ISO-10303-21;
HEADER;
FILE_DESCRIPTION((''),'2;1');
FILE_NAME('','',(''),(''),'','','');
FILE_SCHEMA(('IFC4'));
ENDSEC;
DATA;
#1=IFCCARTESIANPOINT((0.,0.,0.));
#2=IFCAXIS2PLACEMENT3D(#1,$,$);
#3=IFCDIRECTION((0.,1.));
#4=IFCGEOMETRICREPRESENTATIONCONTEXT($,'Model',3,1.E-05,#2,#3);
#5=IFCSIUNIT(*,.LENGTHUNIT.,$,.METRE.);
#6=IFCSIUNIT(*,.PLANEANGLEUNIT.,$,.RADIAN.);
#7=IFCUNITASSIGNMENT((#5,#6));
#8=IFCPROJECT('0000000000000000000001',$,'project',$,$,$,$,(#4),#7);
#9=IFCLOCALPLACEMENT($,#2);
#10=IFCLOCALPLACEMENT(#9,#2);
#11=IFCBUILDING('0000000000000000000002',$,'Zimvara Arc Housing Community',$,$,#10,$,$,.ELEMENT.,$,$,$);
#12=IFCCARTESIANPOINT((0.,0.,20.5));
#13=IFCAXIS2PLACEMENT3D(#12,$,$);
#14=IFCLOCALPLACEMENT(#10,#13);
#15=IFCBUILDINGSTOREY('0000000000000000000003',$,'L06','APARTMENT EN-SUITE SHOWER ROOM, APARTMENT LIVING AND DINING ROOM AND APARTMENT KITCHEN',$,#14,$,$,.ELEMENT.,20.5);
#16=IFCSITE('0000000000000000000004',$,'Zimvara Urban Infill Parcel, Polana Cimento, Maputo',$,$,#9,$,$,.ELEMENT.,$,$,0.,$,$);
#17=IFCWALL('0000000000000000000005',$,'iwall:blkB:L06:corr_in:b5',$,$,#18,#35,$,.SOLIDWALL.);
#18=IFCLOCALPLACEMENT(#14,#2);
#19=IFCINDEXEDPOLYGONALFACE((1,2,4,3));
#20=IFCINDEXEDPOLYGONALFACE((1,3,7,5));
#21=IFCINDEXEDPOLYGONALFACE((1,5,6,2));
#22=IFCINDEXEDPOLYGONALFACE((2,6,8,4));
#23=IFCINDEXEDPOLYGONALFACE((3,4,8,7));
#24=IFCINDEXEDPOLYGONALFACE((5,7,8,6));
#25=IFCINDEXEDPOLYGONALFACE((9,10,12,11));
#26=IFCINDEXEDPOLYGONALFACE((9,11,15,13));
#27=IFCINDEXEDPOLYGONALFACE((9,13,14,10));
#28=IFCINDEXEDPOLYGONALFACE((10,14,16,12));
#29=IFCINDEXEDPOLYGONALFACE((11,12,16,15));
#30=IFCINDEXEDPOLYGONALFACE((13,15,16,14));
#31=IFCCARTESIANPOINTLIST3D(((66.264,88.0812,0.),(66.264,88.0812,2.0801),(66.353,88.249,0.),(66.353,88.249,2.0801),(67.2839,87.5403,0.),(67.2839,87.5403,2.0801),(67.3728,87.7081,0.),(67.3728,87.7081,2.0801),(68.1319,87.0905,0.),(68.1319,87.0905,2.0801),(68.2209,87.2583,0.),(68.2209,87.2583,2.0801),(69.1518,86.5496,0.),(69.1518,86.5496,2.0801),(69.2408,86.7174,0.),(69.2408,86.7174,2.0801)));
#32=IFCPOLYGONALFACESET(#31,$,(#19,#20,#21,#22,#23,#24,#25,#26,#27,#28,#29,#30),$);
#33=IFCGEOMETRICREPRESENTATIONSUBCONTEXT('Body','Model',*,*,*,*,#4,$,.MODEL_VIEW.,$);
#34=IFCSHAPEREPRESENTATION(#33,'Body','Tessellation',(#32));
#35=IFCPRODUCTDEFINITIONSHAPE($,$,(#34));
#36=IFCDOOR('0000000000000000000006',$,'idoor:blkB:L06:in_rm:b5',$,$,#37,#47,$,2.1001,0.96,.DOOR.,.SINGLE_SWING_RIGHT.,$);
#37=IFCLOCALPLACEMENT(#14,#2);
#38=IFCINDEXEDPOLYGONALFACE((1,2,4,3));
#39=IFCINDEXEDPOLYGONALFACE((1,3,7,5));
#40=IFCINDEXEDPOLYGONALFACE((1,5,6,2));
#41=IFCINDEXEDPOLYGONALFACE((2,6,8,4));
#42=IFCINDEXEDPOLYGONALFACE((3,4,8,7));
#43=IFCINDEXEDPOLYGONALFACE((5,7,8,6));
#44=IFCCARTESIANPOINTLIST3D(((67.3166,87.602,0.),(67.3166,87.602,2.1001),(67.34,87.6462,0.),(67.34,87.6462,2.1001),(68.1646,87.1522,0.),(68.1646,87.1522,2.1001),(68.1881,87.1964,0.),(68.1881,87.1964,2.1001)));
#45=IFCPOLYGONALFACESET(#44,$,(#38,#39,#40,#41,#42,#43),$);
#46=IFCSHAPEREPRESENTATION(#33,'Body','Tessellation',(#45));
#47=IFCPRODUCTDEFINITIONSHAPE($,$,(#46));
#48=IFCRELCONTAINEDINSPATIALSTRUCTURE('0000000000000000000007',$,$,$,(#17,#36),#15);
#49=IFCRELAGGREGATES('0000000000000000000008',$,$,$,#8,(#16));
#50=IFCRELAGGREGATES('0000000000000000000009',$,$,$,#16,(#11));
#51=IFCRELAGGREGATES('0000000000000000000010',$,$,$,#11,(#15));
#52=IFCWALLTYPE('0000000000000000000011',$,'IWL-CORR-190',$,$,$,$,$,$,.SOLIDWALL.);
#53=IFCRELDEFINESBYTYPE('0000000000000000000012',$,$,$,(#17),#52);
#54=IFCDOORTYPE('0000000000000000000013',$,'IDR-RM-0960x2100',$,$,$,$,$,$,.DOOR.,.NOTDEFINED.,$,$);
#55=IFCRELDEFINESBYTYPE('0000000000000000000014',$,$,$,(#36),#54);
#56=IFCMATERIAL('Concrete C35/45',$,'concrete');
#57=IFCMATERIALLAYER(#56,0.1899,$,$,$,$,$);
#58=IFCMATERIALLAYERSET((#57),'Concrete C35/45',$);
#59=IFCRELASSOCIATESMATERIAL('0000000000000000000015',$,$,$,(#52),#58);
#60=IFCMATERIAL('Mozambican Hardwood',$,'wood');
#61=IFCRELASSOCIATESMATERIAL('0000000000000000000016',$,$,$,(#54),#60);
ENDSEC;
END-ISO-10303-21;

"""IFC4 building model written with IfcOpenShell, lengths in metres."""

from ifc_helpers import new_model, si_unit, direction, frame, frame_2d, origin, place, context, subcontext, project, spatial, rectangle, extrude, material, layer, layer_set, type_object, element, fill, save


model = new_model("IFC4")

# Units and contexts
model_context = context("Model", 3, precision=1e-05, world=origin(), true_north=direction((0.0, 1.0)))
body_context = subcontext(model_context, "Body", "Model", "MODEL_VIEW")
ifc_project = project(units=[si_unit("LENGTHUNIT", "METRE"), si_unit("PLANEANGLEUNIT", "RADIAN")], contexts=[model_context])

# Site, building, storey
site_placement = place(None, origin())
site = spatial("IfcSite", under=ifc_project, at=site_placement, Name="Zimvara Urban Infill Parcel, Polana Cimento, Maputo", CompositionType="ELEMENT", RefElevation=0.0)
building_placement = place(site_placement, origin())
building = spatial("IfcBuilding", under=site, at=building_placement, Name="Zimvara Arc Housing Community", CompositionType="ELEMENT")
storey_placement = place(building_placement, frame((0.0, 0.0, 20.5)))
storey = spatial("IfcBuildingStorey", under=building, at=storey_placement, Name="L06", Description="APARTMENT EN-SUITE SHOWER ROOM, APARTMENT LIVING AND DINING ROOM AND APARTMENT KITCHEN", CompositionType="ELEMENT", Elevation=20.5)

# Wall, opening, door
ifc_material_1 = material(Name="Concrete C35/45", Category="concrete")
ifc_layer_1 = layer(ifc_material_1, 0.1899)
ifc_layer_set_1 = layer_set([ifc_layer_1], Name="Concrete C35/45")
wall_type = type_object("IfcWallType", Name="IWL-CORR-190", PredefinedType="SOLIDWALL", material=ifc_layer_set_1)
wall_placement = place(storey_placement, frame((66.3086, 88.165, 0.0), z_axis=(0.0, 0.0, 1.0), x_axis=(0.883444, -0.468536, 0.0)))
wall = element("IfcWall", 1, at=wall_placement, inside=storey, type_object=wall_type, Name="iwall:blkB:L06:corr_in:b5", PredefinedType="SOLIDWALL", context=body_context, shape_type="SweptSolid", body=[
    extrude(rectangle(XDim=3.2688, YDim=0.1899, at=frame_2d((1.6343, 0.0))), origin(), (0.0, 0.0, 1.0), 2.0801),
])
opening_placement = place(wall_placement, frame((1.1543, 0.0, 0.0)))
opening = element("IfcOpeningElement", 2, at=opening_placement, cuts=wall, PredefinedType="OPENING", context=body_context, shape_type="SweptSolid", body=[
    extrude(rectangle(XDim=0.96, YDim=2.1001, at=frame_2d((0.48, 1.05))), frame((0.0, 0.105, 0.0), z_axis=(0.0, -1.0, 0.0), x_axis=(1.0, 0.0, 0.0)), (0.0, 0.0, 1.0), 0.21),
])
ifc_material_2 = material(Name="Mozambican Hardwood", Category="wood")
door_type = type_object("IfcDoorType", Name="IDR-RM-0960x2100", OperationType="NOTDEFINED", PredefinedType="DOOR", material=ifc_material_2)
door_placement = place(opening_placement, origin())
door = element("IfcDoor", 3, at=door_placement, inside=storey, type_object=door_type, Name="idoor:blkB:L06:in_rm:b5", OperationType="SINGLE_SWING_RIGHT", OverallHeight=2.1001, OverallWidth=0.96, PredefinedType="DOOR", context=body_context, shape_type="SweptSolid", body=[
    extrude(rectangle(XDim=0.96, YDim=2.1001, at=frame_2d((0.48, 1.05))), frame((0.0, 0.0249, 0.0), z_axis=(0.0, -1.0, 0.0), x_axis=(1.0, 0.0, 0.0)), (0.0, 0.0, 1.0), 0.05),
])
fill(opening, door)

save(model, "model.ifc")
